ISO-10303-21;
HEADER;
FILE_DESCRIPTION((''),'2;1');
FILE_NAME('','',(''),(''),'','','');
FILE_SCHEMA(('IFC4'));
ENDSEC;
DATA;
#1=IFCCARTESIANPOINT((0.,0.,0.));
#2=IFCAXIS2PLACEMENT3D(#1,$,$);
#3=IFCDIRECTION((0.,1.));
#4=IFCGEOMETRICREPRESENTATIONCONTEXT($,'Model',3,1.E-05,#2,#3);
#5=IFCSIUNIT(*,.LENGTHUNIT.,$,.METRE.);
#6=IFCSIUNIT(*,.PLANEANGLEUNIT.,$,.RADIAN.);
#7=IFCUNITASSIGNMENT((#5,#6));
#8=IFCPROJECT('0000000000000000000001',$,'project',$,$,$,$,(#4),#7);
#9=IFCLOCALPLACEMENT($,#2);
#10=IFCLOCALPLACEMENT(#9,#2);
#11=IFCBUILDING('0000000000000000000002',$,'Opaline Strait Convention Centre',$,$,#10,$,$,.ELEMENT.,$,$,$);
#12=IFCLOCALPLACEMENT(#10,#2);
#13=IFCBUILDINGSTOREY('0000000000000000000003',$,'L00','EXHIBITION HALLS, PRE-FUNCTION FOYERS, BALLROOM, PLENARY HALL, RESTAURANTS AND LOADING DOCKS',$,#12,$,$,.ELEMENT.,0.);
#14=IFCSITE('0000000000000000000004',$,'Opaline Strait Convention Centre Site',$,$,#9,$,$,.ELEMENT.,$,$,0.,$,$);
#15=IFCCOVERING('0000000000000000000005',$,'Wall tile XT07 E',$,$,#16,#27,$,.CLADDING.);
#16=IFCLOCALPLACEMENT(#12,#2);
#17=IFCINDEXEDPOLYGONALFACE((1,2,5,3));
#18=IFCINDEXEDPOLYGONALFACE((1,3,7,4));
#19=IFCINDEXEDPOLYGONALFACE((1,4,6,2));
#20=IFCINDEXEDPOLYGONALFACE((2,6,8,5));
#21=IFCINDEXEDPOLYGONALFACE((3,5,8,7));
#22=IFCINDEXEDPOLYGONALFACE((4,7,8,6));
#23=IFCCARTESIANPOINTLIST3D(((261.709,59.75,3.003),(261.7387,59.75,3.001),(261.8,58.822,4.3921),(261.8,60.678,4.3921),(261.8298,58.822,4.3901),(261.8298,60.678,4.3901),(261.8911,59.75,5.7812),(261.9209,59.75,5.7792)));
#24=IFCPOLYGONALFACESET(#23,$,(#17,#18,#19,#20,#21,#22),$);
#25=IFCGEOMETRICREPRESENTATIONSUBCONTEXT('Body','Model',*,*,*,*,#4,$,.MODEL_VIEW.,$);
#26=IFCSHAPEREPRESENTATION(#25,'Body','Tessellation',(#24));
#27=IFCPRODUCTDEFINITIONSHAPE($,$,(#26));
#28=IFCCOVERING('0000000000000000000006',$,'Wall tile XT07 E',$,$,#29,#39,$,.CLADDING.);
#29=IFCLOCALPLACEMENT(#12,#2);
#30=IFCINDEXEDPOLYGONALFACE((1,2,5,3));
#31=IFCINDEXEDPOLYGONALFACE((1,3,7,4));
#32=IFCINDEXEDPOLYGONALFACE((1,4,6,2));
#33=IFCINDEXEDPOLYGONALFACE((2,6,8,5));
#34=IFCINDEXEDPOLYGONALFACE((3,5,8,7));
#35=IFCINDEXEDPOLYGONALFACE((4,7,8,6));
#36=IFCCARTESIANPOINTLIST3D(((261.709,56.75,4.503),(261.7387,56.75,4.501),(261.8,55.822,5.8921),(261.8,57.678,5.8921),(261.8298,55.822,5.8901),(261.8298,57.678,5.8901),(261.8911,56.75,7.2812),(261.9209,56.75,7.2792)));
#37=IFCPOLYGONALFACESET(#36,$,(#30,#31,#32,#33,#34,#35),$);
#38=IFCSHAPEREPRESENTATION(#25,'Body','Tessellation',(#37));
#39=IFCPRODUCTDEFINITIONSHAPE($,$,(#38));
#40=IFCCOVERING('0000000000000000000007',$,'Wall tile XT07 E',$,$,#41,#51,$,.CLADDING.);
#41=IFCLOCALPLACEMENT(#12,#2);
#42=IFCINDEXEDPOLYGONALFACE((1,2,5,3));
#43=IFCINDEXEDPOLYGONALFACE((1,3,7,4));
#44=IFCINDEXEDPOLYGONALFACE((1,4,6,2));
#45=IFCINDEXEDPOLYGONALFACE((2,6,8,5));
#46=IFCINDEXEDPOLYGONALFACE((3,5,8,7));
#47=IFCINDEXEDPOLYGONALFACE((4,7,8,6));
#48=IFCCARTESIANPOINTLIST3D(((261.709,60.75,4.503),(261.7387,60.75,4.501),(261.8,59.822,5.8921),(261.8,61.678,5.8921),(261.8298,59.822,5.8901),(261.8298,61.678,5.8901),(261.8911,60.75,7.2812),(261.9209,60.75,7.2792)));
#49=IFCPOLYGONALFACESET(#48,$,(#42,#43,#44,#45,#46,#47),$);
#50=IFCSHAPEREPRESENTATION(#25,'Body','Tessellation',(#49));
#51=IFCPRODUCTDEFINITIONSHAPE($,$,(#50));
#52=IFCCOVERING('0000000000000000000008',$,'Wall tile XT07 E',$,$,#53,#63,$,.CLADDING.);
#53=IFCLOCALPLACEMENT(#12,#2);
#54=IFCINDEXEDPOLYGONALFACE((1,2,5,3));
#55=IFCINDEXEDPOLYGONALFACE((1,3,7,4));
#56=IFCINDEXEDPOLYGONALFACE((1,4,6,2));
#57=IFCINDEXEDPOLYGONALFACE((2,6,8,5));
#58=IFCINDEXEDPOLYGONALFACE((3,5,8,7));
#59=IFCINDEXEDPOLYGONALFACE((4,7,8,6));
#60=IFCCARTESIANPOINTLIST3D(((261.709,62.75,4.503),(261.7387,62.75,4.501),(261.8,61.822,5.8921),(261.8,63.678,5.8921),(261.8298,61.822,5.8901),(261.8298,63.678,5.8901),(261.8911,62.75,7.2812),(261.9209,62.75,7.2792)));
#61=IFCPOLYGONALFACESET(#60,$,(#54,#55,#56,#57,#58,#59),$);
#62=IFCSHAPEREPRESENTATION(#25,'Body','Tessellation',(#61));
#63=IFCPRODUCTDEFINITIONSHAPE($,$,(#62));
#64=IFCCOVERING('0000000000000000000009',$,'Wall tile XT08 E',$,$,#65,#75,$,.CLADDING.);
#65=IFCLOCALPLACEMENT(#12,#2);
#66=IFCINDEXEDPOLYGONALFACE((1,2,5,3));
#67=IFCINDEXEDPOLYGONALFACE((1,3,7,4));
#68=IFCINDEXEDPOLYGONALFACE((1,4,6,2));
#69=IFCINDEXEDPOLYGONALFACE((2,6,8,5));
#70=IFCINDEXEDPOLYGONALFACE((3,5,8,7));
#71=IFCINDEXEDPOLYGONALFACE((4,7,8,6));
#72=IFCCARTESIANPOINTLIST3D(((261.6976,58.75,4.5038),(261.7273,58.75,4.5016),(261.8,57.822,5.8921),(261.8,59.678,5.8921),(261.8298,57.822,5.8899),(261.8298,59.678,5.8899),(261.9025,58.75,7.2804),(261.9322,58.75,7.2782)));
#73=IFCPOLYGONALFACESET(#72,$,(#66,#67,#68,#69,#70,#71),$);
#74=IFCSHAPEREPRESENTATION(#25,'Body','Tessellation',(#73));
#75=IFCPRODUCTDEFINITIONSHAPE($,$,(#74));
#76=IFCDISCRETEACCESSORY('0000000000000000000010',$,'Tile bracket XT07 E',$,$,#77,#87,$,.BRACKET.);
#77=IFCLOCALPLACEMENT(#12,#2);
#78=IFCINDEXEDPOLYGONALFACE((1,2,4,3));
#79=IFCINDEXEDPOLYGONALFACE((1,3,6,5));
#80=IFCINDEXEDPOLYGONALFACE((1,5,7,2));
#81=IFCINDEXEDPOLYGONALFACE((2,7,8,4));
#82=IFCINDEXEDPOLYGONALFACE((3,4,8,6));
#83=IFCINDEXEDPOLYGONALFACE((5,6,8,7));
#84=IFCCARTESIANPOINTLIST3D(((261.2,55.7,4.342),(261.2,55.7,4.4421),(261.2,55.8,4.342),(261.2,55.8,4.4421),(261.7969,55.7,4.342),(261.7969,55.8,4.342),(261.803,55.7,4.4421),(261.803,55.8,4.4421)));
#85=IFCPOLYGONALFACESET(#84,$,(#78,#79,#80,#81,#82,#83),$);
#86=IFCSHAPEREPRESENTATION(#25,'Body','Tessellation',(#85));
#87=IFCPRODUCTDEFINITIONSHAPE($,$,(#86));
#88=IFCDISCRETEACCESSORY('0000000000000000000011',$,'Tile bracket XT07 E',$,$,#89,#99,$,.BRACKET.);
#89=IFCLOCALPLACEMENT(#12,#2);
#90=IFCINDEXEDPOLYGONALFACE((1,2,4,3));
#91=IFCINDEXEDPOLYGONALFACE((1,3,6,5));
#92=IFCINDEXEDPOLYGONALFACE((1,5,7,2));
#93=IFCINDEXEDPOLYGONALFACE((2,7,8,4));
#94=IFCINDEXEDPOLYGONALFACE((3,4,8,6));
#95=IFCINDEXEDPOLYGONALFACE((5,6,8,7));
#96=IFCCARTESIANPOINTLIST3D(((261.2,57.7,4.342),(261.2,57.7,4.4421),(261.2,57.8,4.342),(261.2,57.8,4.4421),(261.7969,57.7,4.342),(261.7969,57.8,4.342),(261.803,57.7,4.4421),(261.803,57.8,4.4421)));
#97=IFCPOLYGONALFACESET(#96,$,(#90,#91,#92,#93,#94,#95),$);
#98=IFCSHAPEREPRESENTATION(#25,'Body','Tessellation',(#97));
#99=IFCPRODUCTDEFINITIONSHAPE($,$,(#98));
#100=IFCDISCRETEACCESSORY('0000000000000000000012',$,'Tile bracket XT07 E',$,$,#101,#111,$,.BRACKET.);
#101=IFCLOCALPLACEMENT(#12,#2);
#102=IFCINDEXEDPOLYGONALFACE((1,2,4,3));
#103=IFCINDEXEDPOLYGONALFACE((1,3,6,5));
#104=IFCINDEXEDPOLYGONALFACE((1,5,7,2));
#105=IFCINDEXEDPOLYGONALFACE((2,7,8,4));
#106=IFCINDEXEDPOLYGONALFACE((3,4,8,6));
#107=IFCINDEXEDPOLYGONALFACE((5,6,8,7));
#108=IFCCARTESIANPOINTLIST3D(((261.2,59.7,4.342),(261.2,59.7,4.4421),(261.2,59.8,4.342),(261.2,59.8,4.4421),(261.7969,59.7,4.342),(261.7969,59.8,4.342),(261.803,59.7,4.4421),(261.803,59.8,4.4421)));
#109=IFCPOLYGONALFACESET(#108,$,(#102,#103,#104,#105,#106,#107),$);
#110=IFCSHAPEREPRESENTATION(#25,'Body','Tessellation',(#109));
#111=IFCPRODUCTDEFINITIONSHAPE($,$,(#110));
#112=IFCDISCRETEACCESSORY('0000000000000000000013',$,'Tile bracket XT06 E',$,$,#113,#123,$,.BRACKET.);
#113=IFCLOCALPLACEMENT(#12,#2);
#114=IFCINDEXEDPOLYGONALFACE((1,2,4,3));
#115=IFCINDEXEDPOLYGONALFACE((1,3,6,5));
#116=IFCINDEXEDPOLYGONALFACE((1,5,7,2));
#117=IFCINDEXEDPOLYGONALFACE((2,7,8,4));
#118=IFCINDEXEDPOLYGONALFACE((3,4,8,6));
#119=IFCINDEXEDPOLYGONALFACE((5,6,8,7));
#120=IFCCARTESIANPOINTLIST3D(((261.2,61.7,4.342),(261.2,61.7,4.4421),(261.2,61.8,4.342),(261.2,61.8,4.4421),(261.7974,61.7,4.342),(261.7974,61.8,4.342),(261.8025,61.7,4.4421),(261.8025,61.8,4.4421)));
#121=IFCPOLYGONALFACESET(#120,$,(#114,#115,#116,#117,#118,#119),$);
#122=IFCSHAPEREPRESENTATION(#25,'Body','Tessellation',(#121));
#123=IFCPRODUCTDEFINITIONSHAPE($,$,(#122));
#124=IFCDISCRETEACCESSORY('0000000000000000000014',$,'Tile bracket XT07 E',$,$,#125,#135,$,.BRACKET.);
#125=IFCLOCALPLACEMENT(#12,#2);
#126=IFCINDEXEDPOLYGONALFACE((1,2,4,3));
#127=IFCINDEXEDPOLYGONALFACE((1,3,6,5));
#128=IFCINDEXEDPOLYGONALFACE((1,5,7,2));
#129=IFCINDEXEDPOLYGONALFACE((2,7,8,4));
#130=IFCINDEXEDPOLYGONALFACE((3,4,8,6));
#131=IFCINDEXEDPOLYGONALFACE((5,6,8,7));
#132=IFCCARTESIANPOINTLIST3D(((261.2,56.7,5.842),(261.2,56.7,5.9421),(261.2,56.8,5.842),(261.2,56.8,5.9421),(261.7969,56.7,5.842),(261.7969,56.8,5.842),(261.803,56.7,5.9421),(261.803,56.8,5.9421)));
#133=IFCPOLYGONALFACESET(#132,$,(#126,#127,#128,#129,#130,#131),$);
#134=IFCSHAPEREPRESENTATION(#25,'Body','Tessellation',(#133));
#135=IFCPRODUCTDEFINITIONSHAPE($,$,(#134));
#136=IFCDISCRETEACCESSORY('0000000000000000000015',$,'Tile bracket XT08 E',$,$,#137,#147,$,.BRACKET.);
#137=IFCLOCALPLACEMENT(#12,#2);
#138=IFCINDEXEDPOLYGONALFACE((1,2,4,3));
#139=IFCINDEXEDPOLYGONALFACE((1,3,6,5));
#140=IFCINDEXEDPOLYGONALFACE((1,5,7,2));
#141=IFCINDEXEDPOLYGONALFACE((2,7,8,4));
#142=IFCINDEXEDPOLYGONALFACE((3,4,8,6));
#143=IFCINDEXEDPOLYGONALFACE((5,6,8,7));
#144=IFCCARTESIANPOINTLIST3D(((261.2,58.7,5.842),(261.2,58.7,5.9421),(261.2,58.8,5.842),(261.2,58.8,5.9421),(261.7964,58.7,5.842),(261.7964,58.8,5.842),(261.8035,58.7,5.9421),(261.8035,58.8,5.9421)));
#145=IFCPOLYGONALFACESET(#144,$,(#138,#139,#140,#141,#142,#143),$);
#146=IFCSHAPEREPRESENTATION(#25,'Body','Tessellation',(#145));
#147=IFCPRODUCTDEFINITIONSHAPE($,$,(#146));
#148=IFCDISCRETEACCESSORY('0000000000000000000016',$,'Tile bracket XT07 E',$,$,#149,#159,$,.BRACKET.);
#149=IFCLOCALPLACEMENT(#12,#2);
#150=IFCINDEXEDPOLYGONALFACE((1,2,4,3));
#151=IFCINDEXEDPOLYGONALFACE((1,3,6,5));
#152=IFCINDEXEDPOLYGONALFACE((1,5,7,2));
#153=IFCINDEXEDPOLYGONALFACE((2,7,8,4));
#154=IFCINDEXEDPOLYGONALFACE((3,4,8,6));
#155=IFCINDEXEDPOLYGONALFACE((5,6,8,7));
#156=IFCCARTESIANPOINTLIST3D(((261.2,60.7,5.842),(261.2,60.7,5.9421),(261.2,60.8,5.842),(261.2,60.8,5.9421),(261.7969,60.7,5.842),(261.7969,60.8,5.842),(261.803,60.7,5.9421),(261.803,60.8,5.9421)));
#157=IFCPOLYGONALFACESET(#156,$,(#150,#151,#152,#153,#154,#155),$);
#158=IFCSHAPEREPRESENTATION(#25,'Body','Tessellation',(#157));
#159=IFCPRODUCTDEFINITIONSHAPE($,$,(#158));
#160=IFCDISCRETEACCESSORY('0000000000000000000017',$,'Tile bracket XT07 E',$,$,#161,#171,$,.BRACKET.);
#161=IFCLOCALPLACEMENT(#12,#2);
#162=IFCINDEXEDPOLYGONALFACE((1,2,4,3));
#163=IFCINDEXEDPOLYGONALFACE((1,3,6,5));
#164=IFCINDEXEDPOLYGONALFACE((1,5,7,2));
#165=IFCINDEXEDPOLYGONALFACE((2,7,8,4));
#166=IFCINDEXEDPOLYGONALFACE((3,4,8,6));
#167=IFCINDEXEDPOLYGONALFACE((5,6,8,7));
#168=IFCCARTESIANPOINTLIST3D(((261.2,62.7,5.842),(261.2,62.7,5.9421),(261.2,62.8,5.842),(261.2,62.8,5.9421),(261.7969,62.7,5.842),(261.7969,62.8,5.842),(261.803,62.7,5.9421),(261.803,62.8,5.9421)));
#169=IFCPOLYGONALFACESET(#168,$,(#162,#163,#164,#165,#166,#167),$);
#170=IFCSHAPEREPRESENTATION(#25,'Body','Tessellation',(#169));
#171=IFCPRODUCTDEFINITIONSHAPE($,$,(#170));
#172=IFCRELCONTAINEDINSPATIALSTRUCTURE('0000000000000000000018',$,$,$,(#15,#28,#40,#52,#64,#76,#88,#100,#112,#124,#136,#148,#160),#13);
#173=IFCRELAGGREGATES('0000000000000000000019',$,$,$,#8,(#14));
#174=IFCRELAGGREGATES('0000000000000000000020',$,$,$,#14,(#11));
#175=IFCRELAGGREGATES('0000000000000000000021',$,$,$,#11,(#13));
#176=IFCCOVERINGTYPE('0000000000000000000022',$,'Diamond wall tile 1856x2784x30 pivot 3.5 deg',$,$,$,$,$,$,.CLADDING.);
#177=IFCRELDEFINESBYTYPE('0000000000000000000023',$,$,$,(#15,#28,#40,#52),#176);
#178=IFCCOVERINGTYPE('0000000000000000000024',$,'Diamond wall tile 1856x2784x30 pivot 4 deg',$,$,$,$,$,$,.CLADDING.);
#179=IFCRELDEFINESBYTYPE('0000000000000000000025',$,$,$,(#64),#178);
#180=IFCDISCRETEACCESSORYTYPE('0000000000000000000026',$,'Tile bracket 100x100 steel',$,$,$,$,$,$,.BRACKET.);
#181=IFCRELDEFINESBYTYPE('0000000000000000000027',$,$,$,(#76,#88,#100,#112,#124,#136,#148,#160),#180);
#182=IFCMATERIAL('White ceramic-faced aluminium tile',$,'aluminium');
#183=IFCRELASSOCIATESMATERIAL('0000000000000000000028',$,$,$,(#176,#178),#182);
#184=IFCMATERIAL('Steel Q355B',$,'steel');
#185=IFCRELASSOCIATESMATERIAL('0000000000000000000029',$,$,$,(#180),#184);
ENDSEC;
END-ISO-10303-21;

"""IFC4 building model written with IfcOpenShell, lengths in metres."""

from ifc_helpers import new_model, si_unit, direction, frame, origin, place, context, subcontext, project, spatial, polyline, outline, extrude, material, material_profile, profile_set, type_object, element, save


model = new_model("IFC4")

# Units and contexts
model_context = context("Model", 3, precision=1e-05, world=origin(), true_north=direction((0.0, 1.0)))
body_context = subcontext(model_context, "Body", "Model", "MODEL_VIEW")
ifc_project = project(units=[si_unit("LENGTHUNIT", "METRE"), si_unit("PLANEANGLEUNIT", "RADIAN")], contexts=[model_context])

# Site, building, storey
site_placement = place(None, origin())
site = spatial("IfcSite", under=ifc_project, at=site_placement, Name="Opaline Strait Convention Centre Site", CompositionType="ELEMENT", RefElevation=0.0)
building_placement = place(site_placement, origin())
building = spatial("IfcBuilding", under=site, at=building_placement, Name="Opaline Strait Convention Centre", CompositionType="ELEMENT")
storey_placement = place(building_placement, origin())
storey = spatial("IfcBuildingStorey", under=building, at=storey_placement, Name="L00", Description="EXHIBITION HALLS, PRE-FUNCTION FOYERS, BALLROOM, PLENARY HALL, RESTAURANTS AND LOADING DOCKS", CompositionType="ELEMENT", Elevation=0.0)

# Shared definitions
ifc_material_1 = material(Name="Steel Q355B", Category="steel")

# Coverings
ifc_material_2 = material(Name="White ceramic-faced aluminium tile", Category="aluminium")
ifc_material_profile_1 = material_profile(ifc_material_2, outline(polyline([(0.928, 0.0), (0.0, 1.3921), (-0.928, 0.0), (0.0, -1.3921), (0.928, 0.0)])), Name="Diamond tile 1856x2784")
ifc_profile_set_1 = profile_set([ifc_material_profile_1], Name="White ceramic-faced aluminium tile")
covering_type_1 = type_object("IfcCoveringType", Name="Diamond wall tile 1856x2784x30 pivot 3.5 deg", PredefinedType="CLADDING", material=ifc_profile_set_1)
for number, where, z_axis, x_axis, name in (
    (1, (261.8, 59.75, 4.3921), (0.997857, 0.0, -0.065433), (0.0, 1.0, 0.0), "Wall tile XT07 E"),
    (2, (261.8, 56.75, 5.8921), (0.997857, 0.0, -0.065433), (0.0, 1.0, 0.0), "Wall tile XT07 E"),
    (3, (261.8, 60.75, 5.8921), (0.997857, 0.0, -0.065433), (0.0, 1.0, 0.0), "Wall tile XT07 E"),
    (4, (261.8, 62.75, 5.8921), (0.997857, 0.0, -0.065433), (0.0, 1.0, 0.0), "Wall tile XT07 E"),
):
    element("IfcCovering", number, at=place(storey_placement, frame(where, z_axis=z_axis, x_axis=x_axis)), inside=storey, type_object=covering_type_1, Name=name, PredefinedType="CLADDING", context=body_context, shape_type="SweptSolid", body=[
        extrude(outline(polyline([(0.928, 0.0), (0.0, 1.3921), (-0.928, 0.0), (0.0, -1.3921), (0.928, 0.0)])), origin(), (0.0, 0.0, 1.0), 0.0298),
    ])
ifc_material_profile_2 = material_profile(ifc_material_2, outline(polyline([(0.928, 0.0), (0.0, 1.3921), (-0.928, 0.0), (0.0, -1.3921), (0.928, 0.0)])), Name="Diamond tile 1856x2784")
ifc_profile_set_2 = profile_set([ifc_material_profile_2], Name="White ceramic-faced aluminium tile")
covering_type_2 = type_object("IfcCoveringType", Name="Diamond wall tile 1856x2784x30 pivot 4 deg", PredefinedType="CLADDING", material=ifc_profile_set_2)
covering_1_placement = place(storey_placement, frame((261.8, 58.75, 5.8921), z_axis=(0.99729, 0.0, -0.073571), x_axis=(0.0, 1.0, 0.0)))
element("IfcCovering", 5, at=covering_1_placement, inside=storey, type_object=covering_type_2, Name="Wall tile XT08 E", PredefinedType="CLADDING", context=body_context, shape_type="SweptSolid", body=[
    extrude(outline(polyline([(0.928, 0.0), (0.0, 1.3921), (-0.928, 0.0), (0.0, -1.3921), (0.928, 0.0)])), origin(), (0.0, 0.0, 1.0), 0.0298),
])

# Discrete accessories
discrete_accessory_type = type_object("IfcDiscreteAccessoryType", Name="Tile bracket 100x100 steel", PredefinedType="BRACKET", material=ifc_material_1)
for number, where, z_axis, x_axis, name in (
    (6, (261.2, 55.7, 4.3921), (0.0, 1.0, 0.0), (-1.0, 0.0, 0.0), "Tile bracket XT07 E"),
    (7, (261.2, 57.7, 4.3921), (0.0, 1.0, 0.0), (-1.0, 0.0, 0.0), "Tile bracket XT07 E"),
    (8, (261.2, 59.7, 4.3921), (0.0, 1.0, 0.0), (-1.0, 0.0, 0.0), "Tile bracket XT07 E"),
):
    element("IfcDiscreteAccessory", number, at=place(storey_placement, frame(where, z_axis=z_axis, x_axis=x_axis)), inside=storey, type_object=discrete_accessory_type, Name=name, PredefinedType="BRACKET", context=body_context, shape_type="SweptSolid", body=[
        extrude(outline(polyline([(0.0, -0.05), (0.0, 0.05), (-0.603, 0.05), (-0.5969, -0.05), (0.0, -0.05)])), origin(), (0.0, 0.0, 1.0), 0.1001),
    ])
discrete_accessory_1_placement = place(storey_placement, frame((261.2, 61.7, 4.3921), z_axis=(0.0, 1.0, 0.0), x_axis=(-1.0, 0.0, 0.0)))
element("IfcDiscreteAccessory", 9, at=discrete_accessory_1_placement, inside=storey, type_object=discrete_accessory_type, Name="Tile bracket XT06 E", PredefinedType="BRACKET", context=body_context, shape_type="SweptSolid", body=[
    extrude(outline(polyline([(0.0, -0.05), (0.0, 0.05), (-0.6025, 0.05), (-0.5974, -0.05), (0.0, -0.05)])), origin(), (0.0, 0.0, 1.0), 0.1001),
])
discrete_accessory_2_placement = place(storey_placement, frame((261.2, 56.7, 5.8921), z_axis=(0.0, 1.0, 0.0), x_axis=(-1.0, 0.0, 0.0)))
element("IfcDiscreteAccessory", 10, at=discrete_accessory_2_placement, inside=storey, type_object=discrete_accessory_type, Name="Tile bracket XT07 E", PredefinedType="BRACKET", context=body_context, shape_type="SweptSolid", body=[
    extrude(outline(polyline([(0.0, -0.05), (0.0, 0.05), (-0.603, 0.05), (-0.5969, -0.05), (0.0, -0.05)])), origin(), (0.0, 0.0, 1.0), 0.1001),
])
discrete_accessory_3_placement = place(storey_placement, frame((261.2, 58.7, 5.8921), z_axis=(0.0, 1.0, 0.0), x_axis=(-1.0, 0.0, 0.0)))
element("IfcDiscreteAccessory", 11, at=discrete_accessory_3_placement, inside=storey, type_object=discrete_accessory_type, Name="Tile bracket XT08 E", PredefinedType="BRACKET", context=body_context, shape_type="SweptSolid", body=[
    extrude(outline(polyline([(0.0, -0.05), (0.0, 0.05), (-0.6035, 0.05), (-0.5964, -0.05), (0.0, -0.05)])), origin(), (0.0, 0.0, 1.0), 0.1001),
])
for number, where, z_axis, x_axis, name in (
    (12, (261.2, 60.7, 5.8921), (0.0, 1.0, 0.0), (-1.0, 0.0, 0.0), "Tile bracket XT07 E"),
    (13, (261.2, 62.7, 5.8921), (0.0, 1.0, 0.0), (-1.0, 0.0, 0.0), "Tile bracket XT07 E"),
):
    element("IfcDiscreteAccessory", number, at=place(storey_placement, frame(where, z_axis=z_axis, x_axis=x_axis)), inside=storey, type_object=discrete_accessory_type, Name=name, PredefinedType="BRACKET", context=body_context, shape_type="SweptSolid", body=[
        extrude(outline(polyline([(0.0, -0.05), (0.0, 0.05), (-0.603, 0.05), (-0.5969, -0.05), (0.0, -0.05)])), origin(), (0.0, 0.0, 1.0), 0.1001),
    ])

save(model, "model.ifc")
